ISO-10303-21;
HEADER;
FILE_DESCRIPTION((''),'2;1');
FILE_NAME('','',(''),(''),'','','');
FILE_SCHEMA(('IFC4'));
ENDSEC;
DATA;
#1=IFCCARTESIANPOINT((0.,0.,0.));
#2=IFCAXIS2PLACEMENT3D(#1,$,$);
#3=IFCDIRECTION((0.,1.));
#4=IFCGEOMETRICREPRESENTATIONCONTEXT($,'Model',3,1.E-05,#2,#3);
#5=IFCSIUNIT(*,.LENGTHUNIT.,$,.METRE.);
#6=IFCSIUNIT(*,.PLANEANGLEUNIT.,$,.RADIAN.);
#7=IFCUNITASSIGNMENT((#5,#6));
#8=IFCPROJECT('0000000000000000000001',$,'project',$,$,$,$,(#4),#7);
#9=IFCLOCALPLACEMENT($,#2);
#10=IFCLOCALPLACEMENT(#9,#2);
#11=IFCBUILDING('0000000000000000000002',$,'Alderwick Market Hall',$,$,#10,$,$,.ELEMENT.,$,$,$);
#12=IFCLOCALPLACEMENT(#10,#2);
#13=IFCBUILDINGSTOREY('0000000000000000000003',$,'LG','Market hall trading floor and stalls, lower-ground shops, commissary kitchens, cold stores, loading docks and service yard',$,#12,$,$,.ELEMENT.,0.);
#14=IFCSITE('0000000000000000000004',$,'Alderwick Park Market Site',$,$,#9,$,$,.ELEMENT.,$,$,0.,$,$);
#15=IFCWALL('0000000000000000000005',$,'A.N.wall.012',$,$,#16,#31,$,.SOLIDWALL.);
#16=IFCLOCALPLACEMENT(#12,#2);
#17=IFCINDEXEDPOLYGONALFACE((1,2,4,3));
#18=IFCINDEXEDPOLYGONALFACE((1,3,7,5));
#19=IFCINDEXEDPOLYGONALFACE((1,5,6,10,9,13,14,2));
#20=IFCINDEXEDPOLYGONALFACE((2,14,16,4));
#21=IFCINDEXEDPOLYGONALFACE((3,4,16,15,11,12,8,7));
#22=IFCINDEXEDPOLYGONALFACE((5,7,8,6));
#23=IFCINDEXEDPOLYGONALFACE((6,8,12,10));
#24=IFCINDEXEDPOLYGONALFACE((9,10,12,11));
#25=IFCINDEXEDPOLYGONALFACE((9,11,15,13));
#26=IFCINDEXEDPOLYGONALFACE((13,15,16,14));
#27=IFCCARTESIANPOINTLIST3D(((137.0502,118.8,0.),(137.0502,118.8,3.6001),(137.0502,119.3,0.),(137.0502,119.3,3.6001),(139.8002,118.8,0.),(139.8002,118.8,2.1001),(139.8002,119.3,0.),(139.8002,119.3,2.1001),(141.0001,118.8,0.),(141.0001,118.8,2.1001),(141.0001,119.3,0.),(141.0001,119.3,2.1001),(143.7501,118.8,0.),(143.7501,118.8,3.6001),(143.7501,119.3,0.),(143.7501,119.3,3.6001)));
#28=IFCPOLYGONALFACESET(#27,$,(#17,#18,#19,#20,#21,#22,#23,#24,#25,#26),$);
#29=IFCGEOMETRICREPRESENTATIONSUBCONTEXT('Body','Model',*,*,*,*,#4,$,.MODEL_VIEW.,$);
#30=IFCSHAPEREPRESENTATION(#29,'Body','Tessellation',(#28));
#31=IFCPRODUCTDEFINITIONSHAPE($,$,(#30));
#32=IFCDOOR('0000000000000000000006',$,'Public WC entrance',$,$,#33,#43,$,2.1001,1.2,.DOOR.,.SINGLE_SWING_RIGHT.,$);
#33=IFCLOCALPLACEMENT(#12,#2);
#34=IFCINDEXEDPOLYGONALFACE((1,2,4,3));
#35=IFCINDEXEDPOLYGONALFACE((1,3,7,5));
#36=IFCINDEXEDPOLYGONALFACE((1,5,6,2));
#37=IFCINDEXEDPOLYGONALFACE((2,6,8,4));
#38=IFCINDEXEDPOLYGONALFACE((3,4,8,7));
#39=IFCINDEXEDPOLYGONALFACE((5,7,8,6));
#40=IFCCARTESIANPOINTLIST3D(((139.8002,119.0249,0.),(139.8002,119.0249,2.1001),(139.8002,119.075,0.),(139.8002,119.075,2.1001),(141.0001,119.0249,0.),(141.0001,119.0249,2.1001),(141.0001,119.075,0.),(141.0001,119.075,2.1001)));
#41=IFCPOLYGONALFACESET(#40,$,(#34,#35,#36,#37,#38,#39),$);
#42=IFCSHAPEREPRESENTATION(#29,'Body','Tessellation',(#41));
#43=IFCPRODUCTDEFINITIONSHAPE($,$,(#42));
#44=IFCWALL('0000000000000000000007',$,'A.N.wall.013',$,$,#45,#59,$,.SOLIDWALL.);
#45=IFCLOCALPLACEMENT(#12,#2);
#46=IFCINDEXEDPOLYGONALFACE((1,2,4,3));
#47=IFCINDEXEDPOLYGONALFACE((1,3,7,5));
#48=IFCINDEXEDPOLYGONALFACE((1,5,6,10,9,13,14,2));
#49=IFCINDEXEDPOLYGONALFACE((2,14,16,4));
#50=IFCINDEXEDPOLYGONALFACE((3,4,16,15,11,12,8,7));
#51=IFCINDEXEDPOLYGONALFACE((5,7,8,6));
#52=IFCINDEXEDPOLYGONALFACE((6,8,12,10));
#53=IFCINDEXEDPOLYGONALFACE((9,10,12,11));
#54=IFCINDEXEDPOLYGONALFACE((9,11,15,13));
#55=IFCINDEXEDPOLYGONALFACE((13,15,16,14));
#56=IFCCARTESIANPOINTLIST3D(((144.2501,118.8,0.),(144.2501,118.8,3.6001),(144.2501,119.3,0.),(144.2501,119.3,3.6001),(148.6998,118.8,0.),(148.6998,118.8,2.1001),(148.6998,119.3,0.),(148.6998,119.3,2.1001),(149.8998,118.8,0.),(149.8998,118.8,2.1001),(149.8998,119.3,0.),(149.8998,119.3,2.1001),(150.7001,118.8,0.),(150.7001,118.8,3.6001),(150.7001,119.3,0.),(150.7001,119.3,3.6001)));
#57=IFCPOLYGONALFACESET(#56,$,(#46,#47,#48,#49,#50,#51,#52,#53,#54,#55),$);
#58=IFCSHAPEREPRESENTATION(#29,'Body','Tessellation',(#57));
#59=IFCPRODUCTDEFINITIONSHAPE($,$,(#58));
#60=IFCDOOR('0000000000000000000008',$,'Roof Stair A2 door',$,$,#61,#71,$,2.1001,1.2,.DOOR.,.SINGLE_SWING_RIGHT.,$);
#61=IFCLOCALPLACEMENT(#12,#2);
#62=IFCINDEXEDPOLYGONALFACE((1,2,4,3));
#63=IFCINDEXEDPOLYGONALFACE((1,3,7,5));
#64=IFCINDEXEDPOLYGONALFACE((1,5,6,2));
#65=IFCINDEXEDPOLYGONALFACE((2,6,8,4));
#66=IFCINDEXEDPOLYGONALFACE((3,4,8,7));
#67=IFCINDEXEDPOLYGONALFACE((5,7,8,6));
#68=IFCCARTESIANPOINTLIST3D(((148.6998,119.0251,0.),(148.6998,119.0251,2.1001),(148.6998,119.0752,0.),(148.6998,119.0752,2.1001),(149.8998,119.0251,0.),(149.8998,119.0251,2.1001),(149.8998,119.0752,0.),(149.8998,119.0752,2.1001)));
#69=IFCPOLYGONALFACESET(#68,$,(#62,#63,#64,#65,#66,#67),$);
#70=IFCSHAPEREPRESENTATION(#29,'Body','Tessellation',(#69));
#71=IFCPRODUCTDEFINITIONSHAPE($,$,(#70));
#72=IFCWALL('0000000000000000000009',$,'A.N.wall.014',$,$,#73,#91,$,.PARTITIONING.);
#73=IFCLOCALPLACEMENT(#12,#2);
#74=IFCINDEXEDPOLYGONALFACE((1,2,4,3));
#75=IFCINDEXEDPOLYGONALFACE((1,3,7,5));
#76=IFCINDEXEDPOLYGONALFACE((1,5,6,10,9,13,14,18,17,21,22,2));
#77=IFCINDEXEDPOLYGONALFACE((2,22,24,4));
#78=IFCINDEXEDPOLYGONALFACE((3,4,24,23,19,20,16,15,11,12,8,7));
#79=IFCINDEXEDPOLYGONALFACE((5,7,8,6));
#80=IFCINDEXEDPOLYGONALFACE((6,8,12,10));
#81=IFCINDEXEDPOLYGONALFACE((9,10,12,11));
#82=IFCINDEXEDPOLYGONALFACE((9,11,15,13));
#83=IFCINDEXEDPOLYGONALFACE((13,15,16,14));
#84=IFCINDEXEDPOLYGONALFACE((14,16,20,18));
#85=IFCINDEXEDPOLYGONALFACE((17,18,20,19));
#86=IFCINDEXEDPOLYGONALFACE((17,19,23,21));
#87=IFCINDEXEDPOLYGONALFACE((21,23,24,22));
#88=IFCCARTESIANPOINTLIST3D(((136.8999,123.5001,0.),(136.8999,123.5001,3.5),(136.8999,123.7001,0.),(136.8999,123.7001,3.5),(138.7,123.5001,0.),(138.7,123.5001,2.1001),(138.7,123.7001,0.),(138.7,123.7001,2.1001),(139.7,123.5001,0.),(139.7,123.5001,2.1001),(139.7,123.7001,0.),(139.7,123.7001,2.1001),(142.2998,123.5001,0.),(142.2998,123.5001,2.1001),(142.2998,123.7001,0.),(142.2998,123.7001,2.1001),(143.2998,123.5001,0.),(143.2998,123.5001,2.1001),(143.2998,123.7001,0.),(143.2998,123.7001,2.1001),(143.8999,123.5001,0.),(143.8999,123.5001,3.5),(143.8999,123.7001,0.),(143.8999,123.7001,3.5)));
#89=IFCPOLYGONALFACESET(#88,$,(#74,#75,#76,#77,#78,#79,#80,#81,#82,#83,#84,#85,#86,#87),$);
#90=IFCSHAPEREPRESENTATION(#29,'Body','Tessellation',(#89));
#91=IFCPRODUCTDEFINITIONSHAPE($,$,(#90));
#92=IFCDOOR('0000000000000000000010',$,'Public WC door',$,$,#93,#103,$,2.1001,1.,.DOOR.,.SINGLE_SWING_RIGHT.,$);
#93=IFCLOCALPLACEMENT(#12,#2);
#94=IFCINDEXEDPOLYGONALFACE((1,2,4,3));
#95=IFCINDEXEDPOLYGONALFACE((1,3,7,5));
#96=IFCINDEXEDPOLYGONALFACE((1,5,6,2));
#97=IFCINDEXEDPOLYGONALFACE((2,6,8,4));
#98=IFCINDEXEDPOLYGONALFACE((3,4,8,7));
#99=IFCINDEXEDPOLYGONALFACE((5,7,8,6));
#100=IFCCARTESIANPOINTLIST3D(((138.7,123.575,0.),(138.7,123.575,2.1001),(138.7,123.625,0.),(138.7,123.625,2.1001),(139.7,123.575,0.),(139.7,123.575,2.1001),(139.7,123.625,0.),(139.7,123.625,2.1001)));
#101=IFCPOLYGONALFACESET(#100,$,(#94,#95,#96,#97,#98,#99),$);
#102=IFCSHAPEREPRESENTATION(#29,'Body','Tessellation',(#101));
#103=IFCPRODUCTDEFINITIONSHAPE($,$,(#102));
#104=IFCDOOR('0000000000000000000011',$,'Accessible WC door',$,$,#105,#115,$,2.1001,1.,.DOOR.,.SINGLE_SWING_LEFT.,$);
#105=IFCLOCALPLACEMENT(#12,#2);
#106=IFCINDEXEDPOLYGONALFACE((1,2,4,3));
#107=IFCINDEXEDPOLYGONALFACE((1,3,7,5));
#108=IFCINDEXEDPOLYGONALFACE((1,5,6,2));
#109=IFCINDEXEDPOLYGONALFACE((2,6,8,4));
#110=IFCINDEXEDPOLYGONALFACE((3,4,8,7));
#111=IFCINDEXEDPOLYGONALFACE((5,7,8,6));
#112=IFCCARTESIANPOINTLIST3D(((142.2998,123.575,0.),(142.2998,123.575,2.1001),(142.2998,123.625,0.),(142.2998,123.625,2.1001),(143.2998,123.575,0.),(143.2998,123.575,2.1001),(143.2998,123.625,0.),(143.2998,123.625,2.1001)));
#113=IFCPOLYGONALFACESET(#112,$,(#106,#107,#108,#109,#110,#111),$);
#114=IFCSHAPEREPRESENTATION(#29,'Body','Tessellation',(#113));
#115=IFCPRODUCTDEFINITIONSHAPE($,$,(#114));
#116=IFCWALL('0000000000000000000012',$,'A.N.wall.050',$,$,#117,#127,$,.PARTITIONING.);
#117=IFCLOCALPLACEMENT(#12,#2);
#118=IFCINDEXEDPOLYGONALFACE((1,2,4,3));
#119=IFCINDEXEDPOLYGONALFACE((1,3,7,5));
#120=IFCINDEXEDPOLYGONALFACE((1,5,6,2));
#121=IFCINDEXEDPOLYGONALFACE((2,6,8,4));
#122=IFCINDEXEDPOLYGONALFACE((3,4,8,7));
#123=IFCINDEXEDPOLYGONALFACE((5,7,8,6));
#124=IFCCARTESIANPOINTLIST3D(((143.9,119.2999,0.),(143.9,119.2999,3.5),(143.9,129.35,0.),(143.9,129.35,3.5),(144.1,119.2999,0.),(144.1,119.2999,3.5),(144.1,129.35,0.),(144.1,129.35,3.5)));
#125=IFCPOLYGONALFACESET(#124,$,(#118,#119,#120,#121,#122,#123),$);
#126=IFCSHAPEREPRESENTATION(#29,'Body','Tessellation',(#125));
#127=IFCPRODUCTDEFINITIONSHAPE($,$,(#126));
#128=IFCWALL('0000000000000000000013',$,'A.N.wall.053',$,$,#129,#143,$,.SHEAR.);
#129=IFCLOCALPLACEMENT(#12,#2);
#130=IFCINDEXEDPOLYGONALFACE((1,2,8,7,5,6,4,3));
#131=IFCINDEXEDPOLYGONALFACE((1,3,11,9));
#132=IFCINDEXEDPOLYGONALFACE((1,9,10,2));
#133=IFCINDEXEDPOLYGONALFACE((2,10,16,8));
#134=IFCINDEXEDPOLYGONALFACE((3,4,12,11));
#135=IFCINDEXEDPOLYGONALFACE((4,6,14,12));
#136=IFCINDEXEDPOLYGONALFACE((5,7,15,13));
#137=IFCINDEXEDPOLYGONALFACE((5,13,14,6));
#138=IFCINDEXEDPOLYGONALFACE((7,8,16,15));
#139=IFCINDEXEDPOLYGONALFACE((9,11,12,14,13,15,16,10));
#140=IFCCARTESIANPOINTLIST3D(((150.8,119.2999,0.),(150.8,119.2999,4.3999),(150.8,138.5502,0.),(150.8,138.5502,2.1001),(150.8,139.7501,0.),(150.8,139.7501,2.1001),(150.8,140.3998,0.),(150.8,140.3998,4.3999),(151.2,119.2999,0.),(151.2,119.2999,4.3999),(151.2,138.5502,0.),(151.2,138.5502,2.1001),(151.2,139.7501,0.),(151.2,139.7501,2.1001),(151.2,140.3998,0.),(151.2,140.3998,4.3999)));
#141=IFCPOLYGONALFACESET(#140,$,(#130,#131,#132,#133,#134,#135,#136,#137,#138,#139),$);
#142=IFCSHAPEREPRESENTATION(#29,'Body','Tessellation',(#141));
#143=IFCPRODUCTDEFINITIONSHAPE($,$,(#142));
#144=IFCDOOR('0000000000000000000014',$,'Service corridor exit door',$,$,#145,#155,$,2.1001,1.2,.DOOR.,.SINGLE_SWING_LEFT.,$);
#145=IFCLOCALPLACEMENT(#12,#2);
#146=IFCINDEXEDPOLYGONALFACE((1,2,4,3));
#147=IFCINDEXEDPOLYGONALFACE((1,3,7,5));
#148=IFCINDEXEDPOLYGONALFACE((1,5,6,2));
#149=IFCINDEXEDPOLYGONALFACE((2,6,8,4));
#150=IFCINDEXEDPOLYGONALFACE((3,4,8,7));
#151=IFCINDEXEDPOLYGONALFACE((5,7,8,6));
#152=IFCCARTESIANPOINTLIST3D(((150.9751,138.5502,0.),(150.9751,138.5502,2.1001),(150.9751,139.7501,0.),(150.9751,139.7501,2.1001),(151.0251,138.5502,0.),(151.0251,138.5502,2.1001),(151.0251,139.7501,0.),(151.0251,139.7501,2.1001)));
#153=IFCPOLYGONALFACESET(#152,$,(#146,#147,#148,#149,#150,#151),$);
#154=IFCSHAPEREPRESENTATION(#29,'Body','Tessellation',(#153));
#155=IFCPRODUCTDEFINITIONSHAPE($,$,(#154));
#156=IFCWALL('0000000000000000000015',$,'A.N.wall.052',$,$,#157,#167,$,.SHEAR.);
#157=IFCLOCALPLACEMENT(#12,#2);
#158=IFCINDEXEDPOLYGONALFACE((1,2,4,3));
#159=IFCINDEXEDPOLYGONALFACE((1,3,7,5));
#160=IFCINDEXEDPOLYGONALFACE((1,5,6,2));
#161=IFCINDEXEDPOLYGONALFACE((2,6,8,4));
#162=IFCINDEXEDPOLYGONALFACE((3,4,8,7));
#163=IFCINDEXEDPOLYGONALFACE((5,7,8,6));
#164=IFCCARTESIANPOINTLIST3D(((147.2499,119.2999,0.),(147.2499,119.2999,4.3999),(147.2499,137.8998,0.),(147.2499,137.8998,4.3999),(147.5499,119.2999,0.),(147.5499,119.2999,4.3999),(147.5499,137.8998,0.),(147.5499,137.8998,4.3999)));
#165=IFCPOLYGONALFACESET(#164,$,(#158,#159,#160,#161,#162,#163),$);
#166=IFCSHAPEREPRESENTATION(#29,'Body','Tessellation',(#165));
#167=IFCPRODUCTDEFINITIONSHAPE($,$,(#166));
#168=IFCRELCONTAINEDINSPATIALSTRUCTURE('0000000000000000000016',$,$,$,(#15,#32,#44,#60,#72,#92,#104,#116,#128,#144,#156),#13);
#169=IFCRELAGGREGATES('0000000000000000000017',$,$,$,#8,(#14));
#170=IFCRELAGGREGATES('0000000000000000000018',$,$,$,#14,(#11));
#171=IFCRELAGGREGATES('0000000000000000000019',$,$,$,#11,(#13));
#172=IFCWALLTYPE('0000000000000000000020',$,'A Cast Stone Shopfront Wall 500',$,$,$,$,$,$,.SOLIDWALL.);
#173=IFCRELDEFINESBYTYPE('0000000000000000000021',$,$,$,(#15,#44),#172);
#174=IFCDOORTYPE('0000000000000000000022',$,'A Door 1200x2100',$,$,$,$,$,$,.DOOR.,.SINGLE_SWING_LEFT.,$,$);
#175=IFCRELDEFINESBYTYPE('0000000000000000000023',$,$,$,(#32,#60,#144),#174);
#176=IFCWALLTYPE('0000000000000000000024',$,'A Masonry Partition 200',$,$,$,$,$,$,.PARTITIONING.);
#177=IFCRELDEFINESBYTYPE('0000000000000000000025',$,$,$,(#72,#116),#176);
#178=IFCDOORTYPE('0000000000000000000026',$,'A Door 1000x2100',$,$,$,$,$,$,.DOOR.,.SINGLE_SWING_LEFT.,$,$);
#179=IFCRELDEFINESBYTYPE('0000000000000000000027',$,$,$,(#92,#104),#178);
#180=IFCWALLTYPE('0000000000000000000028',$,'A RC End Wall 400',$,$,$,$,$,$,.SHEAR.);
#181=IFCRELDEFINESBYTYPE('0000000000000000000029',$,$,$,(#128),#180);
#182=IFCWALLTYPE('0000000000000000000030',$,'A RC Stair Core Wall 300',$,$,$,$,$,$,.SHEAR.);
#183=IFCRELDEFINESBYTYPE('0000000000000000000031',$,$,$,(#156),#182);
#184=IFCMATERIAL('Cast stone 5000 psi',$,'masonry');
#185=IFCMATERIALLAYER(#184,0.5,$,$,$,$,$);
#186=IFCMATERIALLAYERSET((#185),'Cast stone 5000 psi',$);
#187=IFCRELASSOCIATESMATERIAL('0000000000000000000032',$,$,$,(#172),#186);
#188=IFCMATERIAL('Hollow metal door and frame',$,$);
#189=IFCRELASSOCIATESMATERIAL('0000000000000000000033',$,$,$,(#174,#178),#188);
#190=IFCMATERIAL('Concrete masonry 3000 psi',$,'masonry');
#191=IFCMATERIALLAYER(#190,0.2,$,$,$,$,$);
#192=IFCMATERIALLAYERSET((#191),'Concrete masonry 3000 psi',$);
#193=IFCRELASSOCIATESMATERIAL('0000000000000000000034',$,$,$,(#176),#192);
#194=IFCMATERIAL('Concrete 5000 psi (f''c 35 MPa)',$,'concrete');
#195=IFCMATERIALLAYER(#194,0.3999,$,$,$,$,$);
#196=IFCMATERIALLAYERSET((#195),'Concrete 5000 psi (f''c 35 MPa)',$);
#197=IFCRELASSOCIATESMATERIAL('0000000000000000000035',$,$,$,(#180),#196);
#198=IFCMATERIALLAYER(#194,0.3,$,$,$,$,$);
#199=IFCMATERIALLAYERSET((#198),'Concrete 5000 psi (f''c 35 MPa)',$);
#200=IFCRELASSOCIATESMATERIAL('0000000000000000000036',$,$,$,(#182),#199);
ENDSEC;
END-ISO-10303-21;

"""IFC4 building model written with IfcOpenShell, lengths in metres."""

from ifc_helpers import new_model, si_unit, direction, frame, frame_2d, origin, place, context, subcontext, project, spatial, rectangle, extrude, material, layer, layer_set, type_object, element, fill, save


model = new_model("IFC4")

# Units and contexts
model_context = context("Model", 3, precision=1e-05, world=origin(), true_north=direction((0.0, 1.0)))
body_context = subcontext(model_context, "Body", "Model", "MODEL_VIEW")
ifc_project = project(units=[si_unit("LENGTHUNIT", "METRE"), si_unit("PLANEANGLEUNIT", "RADIAN")], contexts=[model_context])

# Site, building, storey
site_placement = place(None, origin())
site = spatial("IfcSite", under=ifc_project, at=site_placement, Name="Alderwick Park Market Site", CompositionType="ELEMENT", RefElevation=0.0)
building_placement = place(site_placement, origin())
building = spatial("IfcBuilding", under=site, at=building_placement, Name="Alderwick Market Hall", CompositionType="ELEMENT")
storey_placement = place(building_placement, origin())
storey = spatial("IfcBuildingStorey", under=building, at=storey_placement, Name="LG", Description="Market hall trading floor and stalls, lower-ground shops, commissary kitchens, cold stores, loading docks and service yard", CompositionType="ELEMENT", Elevation=0.0)

# Shared definitions
ifc_material_1 = material(Name="Concrete 5000 psi (f'c 35 MPa)", Category="concrete")

# Walls, openings, doors
ifc_material_2 = material(Name="Cast stone 5000 psi", Category="masonry")
ifc_layer_1 = layer(ifc_material_2, 0.5)
ifc_layer_set_1 = layer_set([ifc_layer_1], Name="Cast stone 5000 psi")
wall_type_1 = type_object("IfcWallType", Name="A Cast Stone Shopfront Wall 500", PredefinedType="SOLIDWALL", material=ifc_layer_set_1)
wall_1_placement = place(storey_placement, frame((137.05, 119.05, 0.0), z_axis=(0.0, 0.0, 1.0), x_axis=(1.0, 0.0, 0.0)))
wall_1 = element("IfcWall", 1, at=wall_1_placement, inside=storey, type_object=wall_type_1, Name="A.N.wall.012", PredefinedType="SOLIDWALL", context=body_context, shape_type="SweptSolid", body=[
    extrude(rectangle(XDim=6.7, YDim=0.5, at=frame_2d((3.3501, 0.0))), origin(), (0.0, 0.0, 1.0), 3.6001),
])
opening_1_placement = place(wall_1_placement, frame((2.75, 0.0, 0.0)))
opening_1 = element("IfcOpeningElement", 2, at=opening_1_placement, cuts=wall_1, PredefinedType="OPENING", context=body_context, shape_type="SweptSolid", body=[
    extrude(rectangle(XDim=1.2, YDim=2.1001, at=frame_2d((0.6001, 1.05))), frame((0.0, 0.26, 0.0), z_axis=(0.0, -1.0, 0.0), x_axis=(1.0, 0.0, 0.0)), (0.0, 0.0, 1.0), 0.52),
])
ifc_material_3 = material(Name="Hollow metal door and frame")
door_type_1 = type_object("IfcDoorType", Name="A Door 1200x2100", OperationType="SINGLE_SWING_LEFT", PredefinedType="DOOR", material=ifc_material_3)
door_1_placement = place(opening_1_placement, origin())
door_1 = element("IfcDoor", 3, at=door_1_placement, inside=storey, type_object=door_type_1, Name="Public WC entrance", OperationType="SINGLE_SWING_RIGHT", OverallHeight=2.1001, OverallWidth=1.2, PredefinedType="DOOR", context=body_context, shape_type="SweptSolid", body=[
    extrude(rectangle(XDim=1.2, YDim=2.1001, at=frame_2d((0.6001, 1.05))), frame((0.0, 0.0249, 0.0), z_axis=(0.0, -1.0, 0.0), x_axis=(1.0, 0.0, 0.0)), (0.0, 0.0, 1.0), 0.05),
])
fill(opening_1, door_1)
wall_2_placement = place(storey_placement, frame((144.25, 119.05, 0.0), z_axis=(0.0, 0.0, 1.0), x_axis=(1.0, 0.0, 0.0)))
wall_2 = element("IfcWall", 4, at=wall_2_placement, inside=storey, type_object=wall_type_1, Name="A.N.wall.013", PredefinedType="SOLIDWALL", context=body_context, shape_type="SweptSolid", body=[
    extrude(rectangle(XDim=6.45, YDim=0.5, at=frame_2d((3.2251, 0.0))), origin(), (0.0, 0.0, 1.0), 3.6001),
])
opening_2_placement = place(wall_2_placement, frame((5.6499, 0.0, 0.0), z_axis=(0.0, 0.0, 1.0), x_axis=(-1.0, 0.0, 0.0)))
opening_2 = element("IfcOpeningElement", 5, at=opening_2_placement, cuts=wall_2, PredefinedType="OPENING", context=body_context, shape_type="SweptSolid", body=[
    extrude(rectangle(XDim=1.2, YDim=2.1001, at=frame_2d((0.6001, 1.05))), frame((0.0, 0.26, 0.0), z_axis=(0.0, -1.0, 0.0), x_axis=(1.0, 0.0, 0.0)), (0.0, 0.0, 1.0), 0.52),
])
door_2_placement = place(opening_2_placement, origin())
door_2 = element("IfcDoor", 6, at=door_2_placement, inside=storey, type_object=door_type_1, Name="Roof Stair A2 door", OperationType="SINGLE_SWING_RIGHT", OverallHeight=2.1001, OverallWidth=1.2, PredefinedType="DOOR", context=body_context, shape_type="SweptSolid", body=[
    extrude(rectangle(XDim=1.2, YDim=2.1001, at=frame_2d((0.6001, 1.05))), frame((0.0, 0.0249, 0.0), z_axis=(0.0, -1.0, 0.0), x_axis=(1.0, 0.0, 0.0)), (0.0, 0.0, 1.0), 0.05),
])
fill(opening_2, door_2)

# Wall, openings, doors
ifc_material_4 = material(Name="Concrete masonry 3000 psi", Category="masonry")
ifc_layer_2 = layer(ifc_material_4, 0.2)
ifc_layer_set_2 = layer_set([ifc_layer_2], Name="Concrete masonry 3000 psi")
wall_type_2 = type_object("IfcWallType", Name="A Masonry Partition 200", PredefinedType="PARTITIONING", material=ifc_layer_set_2)
wall_3_placement = place(storey_placement, frame((136.8999, 123.6001, 0.0), z_axis=(0.0, 0.0, 1.0), x_axis=(1.0, 0.0, 0.0)))
wall_3 = element("IfcWall", 7, at=wall_3_placement, inside=storey, type_object=wall_type_2, Name="A.N.wall.014", PredefinedType="PARTITIONING", context=body_context, shape_type="SweptSolid", body=[
    extrude(rectangle(XDim=7.0, YDim=0.2, at=frame_2d((3.5, 0.0))), origin(), (0.0, 0.0, 1.0), 3.5),
])
opening_3_placement = place(wall_3_placement, frame((1.8, 0.0, 0.0)))
opening_3 = element("IfcOpeningElement", 8, at=opening_3_placement, cuts=wall_3, PredefinedType="OPENING", context=body_context, shape_type="SweptSolid", body=[
    extrude(rectangle(XDim=1.0, YDim=2.1001, at=frame_2d((0.5, 1.05))), frame((0.0, 0.1099, 0.0), z_axis=(0.0, -1.0, 0.0), x_axis=(1.0, 0.0, 0.0)), (0.0, 0.0, 1.0), 0.22),
])
opening_4_placement = place(wall_3_placement, frame((5.3999, 0.0, 0.0)))
opening_4 = element("IfcOpeningElement", 9, at=opening_4_placement, cuts=wall_3, PredefinedType="OPENING", context=body_context, shape_type="SweptSolid", body=[
    extrude(rectangle(XDim=1.0, YDim=2.1001, at=frame_2d((0.5, 1.05))), frame((0.0, 0.1099, 0.0), z_axis=(0.0, -1.0, 0.0), x_axis=(1.0, 0.0, 0.0)), (0.0, 0.0, 1.0), 0.22),
])
door_type_2 = type_object("IfcDoorType", Name="A Door 1000x2100", OperationType="SINGLE_SWING_LEFT", PredefinedType="DOOR", material=ifc_material_3)
door_3_placement = place(opening_3_placement, origin())
door_3 = element("IfcDoor", 10, at=door_3_placement, inside=storey, type_object=door_type_2, Name="Public WC door", OperationType="SINGLE_SWING_RIGHT", OverallHeight=2.1001, OverallWidth=1.0, PredefinedType="DOOR", context=body_context, shape_type="SweptSolid", body=[
    extrude(rectangle(XDim=1.0, YDim=2.1001, at=frame_2d((0.5, 1.05))), frame((0.0, 0.0249, 0.0), z_axis=(0.0, -1.0, 0.0), x_axis=(1.0, 0.0, 0.0)), (0.0, 0.0, 1.0), 0.05),
])
fill(opening_3, door_3)
door_4_placement = place(opening_4_placement, origin())
door_4 = element("IfcDoor", 11, at=door_4_placement, inside=storey, type_object=door_type_2, Name="Accessible WC door", OperationType="SINGLE_SWING_LEFT", OverallHeight=2.1001, OverallWidth=1.0, PredefinedType="DOOR", context=body_context, shape_type="SweptSolid", body=[
    extrude(rectangle(XDim=1.0, YDim=2.1001, at=frame_2d((0.5, 1.05))), frame((0.0, 0.0249, 0.0), z_axis=(0.0, -1.0, 0.0), x_axis=(1.0, 0.0, 0.0)), (0.0, 0.0, 1.0), 0.05),
])
fill(opening_4, door_4)

# Wall
wall_4_placement = place(storey_placement, frame((144.0, 119.3, 0.0), z_axis=(0.0, 0.0, 1.0), x_axis=(0.0, 1.0, 0.0)))
element("IfcWall", 12, at=wall_4_placement, inside=storey, type_object=wall_type_2, Name="A.N.wall.050", PredefinedType="PARTITIONING", context=body_context, shape_type="SweptSolid", body=[
    extrude(rectangle(XDim=10.05, YDim=0.2, at=frame_2d((5.0249, 0.0))), origin(), (0.0, 0.0, 1.0), 3.5),
])

# Wall, opening, door
ifc_layer_3 = layer(ifc_material_1, 0.3999)
ifc_layer_set_3 = layer_set([ifc_layer_3], Name="Concrete 5000 psi (f'c 35 MPa)")
wall_type_3 = type_object("IfcWallType", Name="A RC End Wall 400", PredefinedType="SHEAR", material=ifc_layer_set_3)
wall_5_placement = place(storey_placement, frame((151.0, 119.3, 0.0), z_axis=(0.0, 0.0, 1.0), x_axis=(0.0, 1.0, 0.0)))
wall_5 = element("IfcWall", 13, at=wall_5_placement, inside=storey, type_object=wall_type_3, Name="A.N.wall.053", PredefinedType="SHEAR", context=body_context, shape_type="SweptSolid", body=[
    extrude(rectangle(XDim=21.0999, YDim=0.3999, at=frame_2d((10.5498, 0.0))), origin(), (0.0, 0.0, 1.0), 4.3999),
])
opening_5_placement = place(wall_5_placement, frame((19.25, 0.0, 0.0)))
opening_5 = element("IfcOpeningElement", 14, at=opening_5_placement, cuts=wall_5, PredefinedType="OPENING", context=body_context, shape_type="SweptSolid", body=[
    extrude(rectangle(XDim=1.2, YDim=2.1001, at=frame_2d((0.6001, 1.05))), frame((0.0, 0.21, 0.0), z_axis=(0.0, -1.0, 0.0), x_axis=(1.0, 0.0, 0.0)), (0.0, 0.0, 1.0), 0.4199),
])
door_5_placement = place(opening_5_placement, origin())
door_5 = element("IfcDoor", 15, at=door_5_placement, inside=storey, type_object=door_type_1, Name="Service corridor exit door", OperationType="SINGLE_SWING_LEFT", OverallHeight=2.1001, OverallWidth=1.2, PredefinedType="DOOR", context=body_context, shape_type="SweptSolid", body=[
    extrude(rectangle(XDim=1.2, YDim=2.1001, at=frame_2d((0.6001, 1.05))), frame((0.0, 0.0249, 0.0), z_axis=(0.0, -1.0, 0.0), x_axis=(1.0, 0.0, 0.0)), (0.0, 0.0, 1.0), 0.05),
])
fill(opening_5, door_5)

# Wall
ifc_layer_4 = layer(ifc_material_1, 0.3)
ifc_layer_set_4 = layer_set([ifc_layer_4], Name="Concrete 5000 psi (f'c 35 MPa)")
wall_type_4 = type_object("IfcWallType", Name="A RC Stair Core Wall 300", PredefinedType="SHEAR", material=ifc_layer_set_4)
wall_6_placement = place(storey_placement, frame((147.3999, 119.3, 0.0), z_axis=(0.0, 0.0, 1.0), x_axis=(0.0, 1.0, 0.0)))
element("IfcWall", 16, at=wall_6_placement, inside=storey, type_object=wall_type_4, Name="A.N.wall.052", PredefinedType="SHEAR", context=body_context, shape_type="SweptSolid", body=[
    extrude(rectangle(XDim=18.5999, YDim=0.3, at=frame_2d((9.2998, 0.0))), origin(), (0.0, 0.0, 1.0), 4.3999),
])

save(model, "model.ifc")
